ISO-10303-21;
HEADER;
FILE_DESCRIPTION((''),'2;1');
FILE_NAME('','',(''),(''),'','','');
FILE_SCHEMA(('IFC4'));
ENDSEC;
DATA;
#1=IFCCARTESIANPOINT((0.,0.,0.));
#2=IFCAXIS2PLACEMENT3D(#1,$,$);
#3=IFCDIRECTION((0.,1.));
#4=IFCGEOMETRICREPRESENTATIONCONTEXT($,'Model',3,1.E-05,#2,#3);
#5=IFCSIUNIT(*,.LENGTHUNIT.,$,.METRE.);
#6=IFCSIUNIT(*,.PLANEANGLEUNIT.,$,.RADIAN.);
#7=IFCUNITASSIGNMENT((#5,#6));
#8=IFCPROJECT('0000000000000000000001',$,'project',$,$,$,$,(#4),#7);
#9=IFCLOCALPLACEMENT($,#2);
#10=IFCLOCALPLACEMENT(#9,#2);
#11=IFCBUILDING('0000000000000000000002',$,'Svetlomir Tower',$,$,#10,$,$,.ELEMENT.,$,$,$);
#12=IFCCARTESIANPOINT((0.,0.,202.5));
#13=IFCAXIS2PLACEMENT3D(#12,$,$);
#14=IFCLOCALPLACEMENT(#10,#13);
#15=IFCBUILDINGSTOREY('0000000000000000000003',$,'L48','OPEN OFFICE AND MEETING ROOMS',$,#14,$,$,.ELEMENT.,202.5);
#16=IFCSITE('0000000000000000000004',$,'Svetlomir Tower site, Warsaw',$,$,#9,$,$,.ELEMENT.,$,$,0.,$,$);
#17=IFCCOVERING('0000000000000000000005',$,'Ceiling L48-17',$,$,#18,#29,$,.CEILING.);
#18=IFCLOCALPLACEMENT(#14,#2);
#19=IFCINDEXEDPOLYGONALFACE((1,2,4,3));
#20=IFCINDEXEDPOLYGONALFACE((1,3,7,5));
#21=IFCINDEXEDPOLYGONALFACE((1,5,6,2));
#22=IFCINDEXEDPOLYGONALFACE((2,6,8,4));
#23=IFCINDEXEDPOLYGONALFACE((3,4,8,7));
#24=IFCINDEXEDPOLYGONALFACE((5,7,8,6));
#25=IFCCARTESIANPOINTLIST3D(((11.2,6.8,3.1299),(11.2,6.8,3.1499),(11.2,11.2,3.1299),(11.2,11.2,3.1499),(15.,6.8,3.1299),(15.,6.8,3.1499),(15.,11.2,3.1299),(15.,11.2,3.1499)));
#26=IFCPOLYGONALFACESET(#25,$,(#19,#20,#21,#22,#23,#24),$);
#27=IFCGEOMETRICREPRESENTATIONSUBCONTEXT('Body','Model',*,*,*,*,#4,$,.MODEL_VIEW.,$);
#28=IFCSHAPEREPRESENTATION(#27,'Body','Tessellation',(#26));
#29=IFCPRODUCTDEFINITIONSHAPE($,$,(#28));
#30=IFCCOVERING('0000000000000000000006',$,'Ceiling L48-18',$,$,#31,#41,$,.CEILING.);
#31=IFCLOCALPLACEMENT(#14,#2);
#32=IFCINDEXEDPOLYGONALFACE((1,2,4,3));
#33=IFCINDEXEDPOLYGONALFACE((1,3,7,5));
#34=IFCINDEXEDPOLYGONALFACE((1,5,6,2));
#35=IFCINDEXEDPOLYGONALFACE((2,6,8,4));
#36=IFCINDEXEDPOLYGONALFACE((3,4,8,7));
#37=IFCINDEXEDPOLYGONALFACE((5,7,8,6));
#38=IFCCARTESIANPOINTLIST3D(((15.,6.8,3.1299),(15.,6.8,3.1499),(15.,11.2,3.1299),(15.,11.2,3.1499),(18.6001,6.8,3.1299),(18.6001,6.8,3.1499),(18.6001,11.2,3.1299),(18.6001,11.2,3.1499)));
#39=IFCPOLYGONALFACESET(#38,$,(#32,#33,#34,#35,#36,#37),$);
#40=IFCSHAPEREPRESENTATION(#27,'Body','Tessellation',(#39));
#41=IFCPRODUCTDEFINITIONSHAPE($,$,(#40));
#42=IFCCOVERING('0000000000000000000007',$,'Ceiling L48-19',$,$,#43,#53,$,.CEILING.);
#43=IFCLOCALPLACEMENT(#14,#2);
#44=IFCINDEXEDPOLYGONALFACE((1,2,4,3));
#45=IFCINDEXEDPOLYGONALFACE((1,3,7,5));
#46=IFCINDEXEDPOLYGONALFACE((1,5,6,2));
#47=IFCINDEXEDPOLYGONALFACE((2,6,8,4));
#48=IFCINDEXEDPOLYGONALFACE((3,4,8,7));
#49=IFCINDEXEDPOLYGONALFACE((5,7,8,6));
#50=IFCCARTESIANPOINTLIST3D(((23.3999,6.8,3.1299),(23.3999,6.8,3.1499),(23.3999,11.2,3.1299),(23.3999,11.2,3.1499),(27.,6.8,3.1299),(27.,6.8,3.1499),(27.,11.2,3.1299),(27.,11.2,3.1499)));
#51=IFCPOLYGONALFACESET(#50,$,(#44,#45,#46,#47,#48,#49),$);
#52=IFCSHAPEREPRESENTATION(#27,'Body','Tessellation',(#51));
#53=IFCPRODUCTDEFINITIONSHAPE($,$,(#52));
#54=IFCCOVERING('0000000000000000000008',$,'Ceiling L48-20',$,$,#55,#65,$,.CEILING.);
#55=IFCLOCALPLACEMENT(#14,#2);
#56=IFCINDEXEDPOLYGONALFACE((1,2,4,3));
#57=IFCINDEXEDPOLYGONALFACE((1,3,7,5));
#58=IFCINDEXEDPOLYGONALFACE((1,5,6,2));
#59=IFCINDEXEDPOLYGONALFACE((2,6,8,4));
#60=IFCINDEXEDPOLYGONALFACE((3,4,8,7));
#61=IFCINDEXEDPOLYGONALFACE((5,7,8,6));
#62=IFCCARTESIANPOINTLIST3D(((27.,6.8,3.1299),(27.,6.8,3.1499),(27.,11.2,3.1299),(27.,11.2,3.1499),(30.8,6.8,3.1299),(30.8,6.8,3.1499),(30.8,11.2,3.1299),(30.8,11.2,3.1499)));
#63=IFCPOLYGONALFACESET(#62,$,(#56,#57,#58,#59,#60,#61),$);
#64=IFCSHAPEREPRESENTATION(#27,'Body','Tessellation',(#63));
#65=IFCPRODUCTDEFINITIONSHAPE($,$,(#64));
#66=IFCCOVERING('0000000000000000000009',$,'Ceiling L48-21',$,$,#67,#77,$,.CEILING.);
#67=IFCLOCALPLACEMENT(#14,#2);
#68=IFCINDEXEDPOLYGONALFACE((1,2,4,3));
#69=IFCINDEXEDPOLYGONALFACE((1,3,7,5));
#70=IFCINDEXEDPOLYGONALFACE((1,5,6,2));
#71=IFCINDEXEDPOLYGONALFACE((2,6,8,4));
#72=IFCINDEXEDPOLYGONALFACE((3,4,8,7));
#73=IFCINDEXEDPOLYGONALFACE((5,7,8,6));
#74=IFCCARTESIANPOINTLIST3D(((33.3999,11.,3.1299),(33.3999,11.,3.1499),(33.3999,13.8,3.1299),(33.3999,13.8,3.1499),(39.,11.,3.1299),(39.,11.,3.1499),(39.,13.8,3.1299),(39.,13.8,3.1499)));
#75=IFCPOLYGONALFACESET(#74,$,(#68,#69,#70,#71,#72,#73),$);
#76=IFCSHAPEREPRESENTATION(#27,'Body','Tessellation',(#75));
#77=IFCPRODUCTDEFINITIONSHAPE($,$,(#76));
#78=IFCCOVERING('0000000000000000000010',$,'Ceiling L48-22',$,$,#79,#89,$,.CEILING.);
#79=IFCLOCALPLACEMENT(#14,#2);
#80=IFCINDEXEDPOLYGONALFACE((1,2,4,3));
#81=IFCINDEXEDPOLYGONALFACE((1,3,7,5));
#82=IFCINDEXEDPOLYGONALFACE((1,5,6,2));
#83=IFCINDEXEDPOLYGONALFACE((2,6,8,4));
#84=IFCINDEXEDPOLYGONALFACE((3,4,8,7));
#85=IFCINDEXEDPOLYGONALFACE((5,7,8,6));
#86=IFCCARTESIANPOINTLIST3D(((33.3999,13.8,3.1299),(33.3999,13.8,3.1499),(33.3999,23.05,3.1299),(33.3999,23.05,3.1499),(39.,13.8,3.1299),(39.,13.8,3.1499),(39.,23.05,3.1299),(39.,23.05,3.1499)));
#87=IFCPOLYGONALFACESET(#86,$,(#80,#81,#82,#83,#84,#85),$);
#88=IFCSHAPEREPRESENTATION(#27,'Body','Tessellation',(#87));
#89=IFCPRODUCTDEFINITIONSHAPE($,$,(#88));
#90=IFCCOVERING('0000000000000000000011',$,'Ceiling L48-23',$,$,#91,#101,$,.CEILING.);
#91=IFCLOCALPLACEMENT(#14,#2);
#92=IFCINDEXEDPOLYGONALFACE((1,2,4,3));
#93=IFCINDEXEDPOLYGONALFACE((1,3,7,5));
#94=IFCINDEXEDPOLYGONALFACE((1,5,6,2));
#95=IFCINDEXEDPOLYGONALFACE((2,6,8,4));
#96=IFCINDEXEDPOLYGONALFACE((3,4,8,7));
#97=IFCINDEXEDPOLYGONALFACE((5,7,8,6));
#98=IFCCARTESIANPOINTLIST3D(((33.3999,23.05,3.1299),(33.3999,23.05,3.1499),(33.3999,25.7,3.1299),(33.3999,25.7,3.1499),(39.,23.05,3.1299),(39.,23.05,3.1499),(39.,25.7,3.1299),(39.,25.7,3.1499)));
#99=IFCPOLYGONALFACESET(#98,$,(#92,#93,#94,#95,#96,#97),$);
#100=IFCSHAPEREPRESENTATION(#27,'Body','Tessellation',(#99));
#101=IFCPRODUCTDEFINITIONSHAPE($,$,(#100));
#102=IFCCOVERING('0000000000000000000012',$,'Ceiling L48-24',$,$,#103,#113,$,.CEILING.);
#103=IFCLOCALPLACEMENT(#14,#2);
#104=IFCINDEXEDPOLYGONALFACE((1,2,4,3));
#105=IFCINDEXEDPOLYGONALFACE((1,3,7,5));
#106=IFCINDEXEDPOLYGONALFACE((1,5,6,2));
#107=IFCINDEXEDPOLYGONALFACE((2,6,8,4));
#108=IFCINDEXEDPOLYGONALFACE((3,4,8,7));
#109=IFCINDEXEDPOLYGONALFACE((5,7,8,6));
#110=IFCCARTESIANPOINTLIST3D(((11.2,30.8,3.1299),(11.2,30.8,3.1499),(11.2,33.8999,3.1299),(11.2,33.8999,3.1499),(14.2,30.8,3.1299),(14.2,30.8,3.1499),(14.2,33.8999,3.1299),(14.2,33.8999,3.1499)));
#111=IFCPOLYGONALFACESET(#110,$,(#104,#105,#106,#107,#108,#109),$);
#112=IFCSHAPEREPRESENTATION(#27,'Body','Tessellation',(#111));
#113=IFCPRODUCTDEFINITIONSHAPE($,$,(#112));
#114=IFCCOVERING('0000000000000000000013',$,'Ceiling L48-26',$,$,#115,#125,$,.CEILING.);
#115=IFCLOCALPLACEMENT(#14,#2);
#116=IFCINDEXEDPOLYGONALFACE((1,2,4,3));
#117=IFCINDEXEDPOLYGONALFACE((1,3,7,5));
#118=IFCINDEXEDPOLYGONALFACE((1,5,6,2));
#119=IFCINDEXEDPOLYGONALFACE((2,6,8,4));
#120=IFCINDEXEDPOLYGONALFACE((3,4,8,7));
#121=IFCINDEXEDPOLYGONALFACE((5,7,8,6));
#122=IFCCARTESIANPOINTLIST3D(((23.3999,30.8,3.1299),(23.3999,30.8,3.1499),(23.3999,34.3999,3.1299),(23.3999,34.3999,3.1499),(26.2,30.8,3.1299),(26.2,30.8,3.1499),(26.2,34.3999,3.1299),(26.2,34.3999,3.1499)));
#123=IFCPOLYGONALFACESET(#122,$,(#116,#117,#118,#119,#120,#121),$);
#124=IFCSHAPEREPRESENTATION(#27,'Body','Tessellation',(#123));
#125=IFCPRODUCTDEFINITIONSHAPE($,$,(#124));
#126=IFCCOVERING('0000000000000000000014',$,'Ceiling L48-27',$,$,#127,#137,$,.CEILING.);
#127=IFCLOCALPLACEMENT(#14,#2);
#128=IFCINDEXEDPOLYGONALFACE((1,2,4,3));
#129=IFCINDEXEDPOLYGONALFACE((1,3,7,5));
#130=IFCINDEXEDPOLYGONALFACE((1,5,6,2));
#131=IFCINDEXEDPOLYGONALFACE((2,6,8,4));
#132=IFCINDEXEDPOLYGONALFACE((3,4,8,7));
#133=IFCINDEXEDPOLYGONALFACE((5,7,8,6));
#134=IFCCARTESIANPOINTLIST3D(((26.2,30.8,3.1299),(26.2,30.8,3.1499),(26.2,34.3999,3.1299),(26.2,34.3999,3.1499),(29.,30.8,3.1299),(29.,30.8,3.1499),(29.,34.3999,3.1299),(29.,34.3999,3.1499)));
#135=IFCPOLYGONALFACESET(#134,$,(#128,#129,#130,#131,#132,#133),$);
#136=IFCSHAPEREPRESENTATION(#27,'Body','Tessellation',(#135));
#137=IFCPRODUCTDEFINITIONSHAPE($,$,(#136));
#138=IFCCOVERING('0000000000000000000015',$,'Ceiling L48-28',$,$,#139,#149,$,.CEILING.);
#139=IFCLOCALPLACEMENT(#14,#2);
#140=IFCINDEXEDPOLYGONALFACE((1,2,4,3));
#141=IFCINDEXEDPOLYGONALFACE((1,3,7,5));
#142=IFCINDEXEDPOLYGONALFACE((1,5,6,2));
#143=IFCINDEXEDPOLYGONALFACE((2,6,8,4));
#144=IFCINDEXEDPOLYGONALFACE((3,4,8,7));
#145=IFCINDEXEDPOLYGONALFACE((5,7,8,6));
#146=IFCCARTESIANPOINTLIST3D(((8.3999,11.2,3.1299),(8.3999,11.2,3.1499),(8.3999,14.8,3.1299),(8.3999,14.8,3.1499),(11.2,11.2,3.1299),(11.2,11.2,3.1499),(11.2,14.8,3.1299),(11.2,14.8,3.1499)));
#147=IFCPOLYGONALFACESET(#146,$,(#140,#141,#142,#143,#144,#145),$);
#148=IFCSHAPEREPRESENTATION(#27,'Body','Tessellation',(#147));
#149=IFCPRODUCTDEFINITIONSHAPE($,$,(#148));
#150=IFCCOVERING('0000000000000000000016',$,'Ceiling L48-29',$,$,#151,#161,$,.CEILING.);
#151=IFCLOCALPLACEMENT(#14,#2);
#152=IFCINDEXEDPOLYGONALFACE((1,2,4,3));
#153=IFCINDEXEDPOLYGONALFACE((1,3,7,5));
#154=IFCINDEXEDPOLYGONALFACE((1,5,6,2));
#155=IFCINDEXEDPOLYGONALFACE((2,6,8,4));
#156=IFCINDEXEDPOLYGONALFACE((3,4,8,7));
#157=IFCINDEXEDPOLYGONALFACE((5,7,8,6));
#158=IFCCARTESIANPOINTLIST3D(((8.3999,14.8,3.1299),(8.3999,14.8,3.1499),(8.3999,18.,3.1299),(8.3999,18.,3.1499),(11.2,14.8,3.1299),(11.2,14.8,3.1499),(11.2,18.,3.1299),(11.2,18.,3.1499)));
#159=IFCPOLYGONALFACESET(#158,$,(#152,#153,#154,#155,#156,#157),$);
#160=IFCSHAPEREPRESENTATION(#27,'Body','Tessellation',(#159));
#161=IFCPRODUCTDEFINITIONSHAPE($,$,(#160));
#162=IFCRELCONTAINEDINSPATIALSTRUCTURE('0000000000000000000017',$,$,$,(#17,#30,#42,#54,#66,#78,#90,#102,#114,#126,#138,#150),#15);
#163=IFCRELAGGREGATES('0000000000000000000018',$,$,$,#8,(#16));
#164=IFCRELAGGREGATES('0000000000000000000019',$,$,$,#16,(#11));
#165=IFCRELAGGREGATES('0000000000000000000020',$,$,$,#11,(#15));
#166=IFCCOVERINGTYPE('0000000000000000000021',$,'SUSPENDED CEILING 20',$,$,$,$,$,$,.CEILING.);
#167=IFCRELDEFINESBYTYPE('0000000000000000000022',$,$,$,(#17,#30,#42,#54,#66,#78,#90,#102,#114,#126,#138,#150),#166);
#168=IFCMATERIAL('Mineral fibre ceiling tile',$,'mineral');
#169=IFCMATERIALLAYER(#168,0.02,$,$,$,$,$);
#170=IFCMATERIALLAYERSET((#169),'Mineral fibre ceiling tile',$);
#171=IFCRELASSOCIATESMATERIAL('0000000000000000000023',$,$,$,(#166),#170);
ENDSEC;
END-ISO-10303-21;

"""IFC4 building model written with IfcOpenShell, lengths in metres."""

from ifc_helpers import new_model, si_unit, direction, frame, origin, place, context, subcontext, project, spatial, polyline, outline, extrude, material, layer, layer_set, type_object, element, save


model = new_model("IFC4")

# Units and contexts
model_context = context("Model", 3, precision=1e-05, world=origin(), true_north=direction((0.0, 1.0)))
body_context = subcontext(model_context, "Body", "Model", "MODEL_VIEW")
ifc_project = project(units=[si_unit("LENGTHUNIT", "METRE"), si_unit("PLANEANGLEUNIT", "RADIAN")], contexts=[model_context])

# Site, building, storey
site_placement = place(None, origin())
site = spatial("IfcSite", under=ifc_project, at=site_placement, Name="Svetlomir Tower site, Warsaw", CompositionType="ELEMENT", RefElevation=0.0)
building_placement = place(site_placement, origin())
building = spatial("IfcBuilding", under=site, at=building_placement, Name="Svetlomir Tower", CompositionType="ELEMENT")
storey_placement = place(building_placement, frame((0.0, 0.0, 202.5)))
storey = spatial("IfcBuildingStorey", under=building, at=storey_placement, Name="L48", Description="OPEN OFFICE AND MEETING ROOMS", CompositionType="ELEMENT", Elevation=202.5)

# Coverings
ifc_material_1 = material(Name="Mineral fibre ceiling tile", Category="mineral")
ifc_layer_1 = layer(ifc_material_1, 0.02)
ifc_layer_set_1 = layer_set([ifc_layer_1], Name="Mineral fibre ceiling tile")
covering_type_1 = type_object("IfcCoveringType", Name="SUSPENDED CEILING 20", PredefinedType="CEILING", material=ifc_layer_set_1)
covering_1_placement = place(storey_placement, frame((0.0, 0.0, 3.1299)))
element("IfcCovering", 1, at=covering_1_placement, inside=storey, type_object=covering_type_1, Name="Ceiling L48-17", PredefinedType="CEILING", context=body_context, shape_type="SweptSolid", body=[
    extrude(outline(polyline([(11.2, 6.8), (15.0, 6.8), (15.0, 11.2), (11.2, 11.2), (11.2, 6.8)])), origin(), (0.0, 0.0, 1.0), 0.02),
])
covering_2_placement = place(storey_placement, frame((0.0, 0.0, 3.1299)))
element("IfcCovering", 2, at=covering_2_placement, inside=storey, type_object=covering_type_1, Name="Ceiling L48-18", PredefinedType="CEILING", context=body_context, shape_type="SweptSolid", body=[
    extrude(outline(polyline([(15.0, 6.8), (18.6001, 6.8), (18.6001, 11.2), (15.0, 11.2), (15.0, 6.8)])), origin(), (0.0, 0.0, 1.0), 0.02),
])
covering_3_placement = place(storey_placement, frame((0.0, 0.0, 3.1299)))
element("IfcCovering", 3, at=covering_3_placement, inside=storey, type_object=covering_type_1, Name="Ceiling L48-19", PredefinedType="CEILING", context=body_context, shape_type="SweptSolid", body=[
    extrude(outline(polyline([(23.3999, 6.8), (27.0, 6.8), (27.0, 11.2), (23.3999, 11.2), (23.3999, 6.8)])), origin(), (0.0, 0.0, 1.0), 0.02),
])
covering_4_placement = place(storey_placement, frame((0.0, 0.0, 3.1299)))
element("IfcCovering", 4, at=covering_4_placement, inside=storey, type_object=covering_type_1, Name="Ceiling L48-20", PredefinedType="CEILING", context=body_context, shape_type="SweptSolid", body=[
    extrude(outline(polyline([(27.0, 6.8), (30.8, 6.8), (30.8, 11.2), (27.0, 11.2), (27.0, 6.8)])), origin(), (0.0, 0.0, 1.0), 0.02),
])
covering_5_placement = place(storey_placement, frame((0.0, 0.0, 3.1299)))
element("IfcCovering", 5, at=covering_5_placement, inside=storey, type_object=covering_type_1, Name="Ceiling L48-21", PredefinedType="CEILING", context=body_context, shape_type="SweptSolid", body=[
    extrude(outline(polyline([(33.3999, 11.0), (39.0, 11.0), (39.0, 13.8), (33.3999, 13.8), (33.3999, 11.0)])), origin(), (0.0, 0.0, 1.0), 0.02),
])
covering_6_placement = place(storey_placement, frame((0.0, 0.0, 3.1299)))
element("IfcCovering", 6, at=covering_6_placement, inside=storey, type_object=covering_type_1, Name="Ceiling L48-22", PredefinedType="CEILING", context=body_context, shape_type="SweptSolid", body=[
    extrude(outline(polyline([(33.3999, 13.8), (39.0, 13.8), (39.0, 23.05), (33.3999, 23.05), (33.3999, 13.8)])), origin(), (0.0, 0.0, 1.0), 0.02),
])
covering_7_placement = place(storey_placement, frame((0.0, 0.0, 3.1299)))
element("IfcCovering", 7, at=covering_7_placement, inside=storey, type_object=covering_type_1, Name="Ceiling L48-23", PredefinedType="CEILING", context=body_context, shape_type="SweptSolid", body=[
    extrude(outline(polyline([(33.3999, 23.05), (39.0, 23.05), (39.0, 25.7), (33.3999, 25.7), (33.3999, 23.05)])), origin(), (0.0, 0.0, 1.0), 0.02),
])
covering_8_placement = place(storey_placement, frame((0.0, 0.0, 3.1299)))
element("IfcCovering", 8, at=covering_8_placement, inside=storey, type_object=covering_type_1, Name="Ceiling L48-24", PredefinedType="CEILING", context=body_context, shape_type="SweptSolid", body=[
    extrude(outline(polyline([(11.2, 30.8), (14.2, 30.8), (14.2, 33.8999), (11.2, 33.8999), (11.2, 30.8)])), origin(), (0.0, 0.0, 1.0), 0.02),
])
covering_9_placement = place(storey_placement, frame((0.0, 0.0, 3.1299)))
element("IfcCovering", 9, at=covering_9_placement, inside=storey, type_object=covering_type_1, Name="Ceiling L48-26", PredefinedType="CEILING", context=body_context, shape_type="SweptSolid", body=[
    extrude(outline(polyline([(23.3999, 30.8), (26.2, 30.8), (26.2, 34.3999), (23.3999, 34.3999), (23.3999, 30.8)])), origin(), (0.0, 0.0, 1.0), 0.02),
])
covering_10_placement = place(storey_placement, frame((0.0, 0.0, 3.1299)))
element("IfcCovering", 10, at=covering_10_placement, inside=storey, type_object=covering_type_1, Name="Ceiling L48-27", PredefinedType="CEILING", context=body_context, shape_type="SweptSolid", body=[
    extrude(outline(polyline([(26.2, 30.8), (29.0, 30.8), (29.0, 34.3999), (26.2, 34.3999), (26.2, 30.8)])), origin(), (0.0, 0.0, 1.0), 0.02),
])
covering_11_placement = place(storey_placement, frame((0.0, 0.0, 3.1299)))
element("IfcCovering", 11, at=covering_11_placement, inside=storey, type_object=covering_type_1, Name="Ceiling L48-28", PredefinedType="CEILING", context=body_context, shape_type="SweptSolid", body=[
    extrude(outline(polyline([(8.3999, 11.2), (11.2, 11.2), (11.2, 14.8), (8.3999, 14.8), (8.3999, 11.2)])), origin(), (0.0, 0.0, 1.0), 0.02),
])
covering_12_placement = place(storey_placement, frame((0.0, 0.0, 3.1299)))
element("IfcCovering", 12, at=covering_12_placement, inside=storey, type_object=covering_type_1, Name="Ceiling L48-29", PredefinedType="CEILING", context=body_context, shape_type="SweptSolid", body=[
    extrude(outline(polyline([(8.3999, 14.8), (11.2, 14.8), (11.2, 18.0), (8.3999, 18.0), (8.3999, 14.8)])), origin(), (0.0, 0.0, 1.0), 0.02),
])

save(model, "model.ifc")
